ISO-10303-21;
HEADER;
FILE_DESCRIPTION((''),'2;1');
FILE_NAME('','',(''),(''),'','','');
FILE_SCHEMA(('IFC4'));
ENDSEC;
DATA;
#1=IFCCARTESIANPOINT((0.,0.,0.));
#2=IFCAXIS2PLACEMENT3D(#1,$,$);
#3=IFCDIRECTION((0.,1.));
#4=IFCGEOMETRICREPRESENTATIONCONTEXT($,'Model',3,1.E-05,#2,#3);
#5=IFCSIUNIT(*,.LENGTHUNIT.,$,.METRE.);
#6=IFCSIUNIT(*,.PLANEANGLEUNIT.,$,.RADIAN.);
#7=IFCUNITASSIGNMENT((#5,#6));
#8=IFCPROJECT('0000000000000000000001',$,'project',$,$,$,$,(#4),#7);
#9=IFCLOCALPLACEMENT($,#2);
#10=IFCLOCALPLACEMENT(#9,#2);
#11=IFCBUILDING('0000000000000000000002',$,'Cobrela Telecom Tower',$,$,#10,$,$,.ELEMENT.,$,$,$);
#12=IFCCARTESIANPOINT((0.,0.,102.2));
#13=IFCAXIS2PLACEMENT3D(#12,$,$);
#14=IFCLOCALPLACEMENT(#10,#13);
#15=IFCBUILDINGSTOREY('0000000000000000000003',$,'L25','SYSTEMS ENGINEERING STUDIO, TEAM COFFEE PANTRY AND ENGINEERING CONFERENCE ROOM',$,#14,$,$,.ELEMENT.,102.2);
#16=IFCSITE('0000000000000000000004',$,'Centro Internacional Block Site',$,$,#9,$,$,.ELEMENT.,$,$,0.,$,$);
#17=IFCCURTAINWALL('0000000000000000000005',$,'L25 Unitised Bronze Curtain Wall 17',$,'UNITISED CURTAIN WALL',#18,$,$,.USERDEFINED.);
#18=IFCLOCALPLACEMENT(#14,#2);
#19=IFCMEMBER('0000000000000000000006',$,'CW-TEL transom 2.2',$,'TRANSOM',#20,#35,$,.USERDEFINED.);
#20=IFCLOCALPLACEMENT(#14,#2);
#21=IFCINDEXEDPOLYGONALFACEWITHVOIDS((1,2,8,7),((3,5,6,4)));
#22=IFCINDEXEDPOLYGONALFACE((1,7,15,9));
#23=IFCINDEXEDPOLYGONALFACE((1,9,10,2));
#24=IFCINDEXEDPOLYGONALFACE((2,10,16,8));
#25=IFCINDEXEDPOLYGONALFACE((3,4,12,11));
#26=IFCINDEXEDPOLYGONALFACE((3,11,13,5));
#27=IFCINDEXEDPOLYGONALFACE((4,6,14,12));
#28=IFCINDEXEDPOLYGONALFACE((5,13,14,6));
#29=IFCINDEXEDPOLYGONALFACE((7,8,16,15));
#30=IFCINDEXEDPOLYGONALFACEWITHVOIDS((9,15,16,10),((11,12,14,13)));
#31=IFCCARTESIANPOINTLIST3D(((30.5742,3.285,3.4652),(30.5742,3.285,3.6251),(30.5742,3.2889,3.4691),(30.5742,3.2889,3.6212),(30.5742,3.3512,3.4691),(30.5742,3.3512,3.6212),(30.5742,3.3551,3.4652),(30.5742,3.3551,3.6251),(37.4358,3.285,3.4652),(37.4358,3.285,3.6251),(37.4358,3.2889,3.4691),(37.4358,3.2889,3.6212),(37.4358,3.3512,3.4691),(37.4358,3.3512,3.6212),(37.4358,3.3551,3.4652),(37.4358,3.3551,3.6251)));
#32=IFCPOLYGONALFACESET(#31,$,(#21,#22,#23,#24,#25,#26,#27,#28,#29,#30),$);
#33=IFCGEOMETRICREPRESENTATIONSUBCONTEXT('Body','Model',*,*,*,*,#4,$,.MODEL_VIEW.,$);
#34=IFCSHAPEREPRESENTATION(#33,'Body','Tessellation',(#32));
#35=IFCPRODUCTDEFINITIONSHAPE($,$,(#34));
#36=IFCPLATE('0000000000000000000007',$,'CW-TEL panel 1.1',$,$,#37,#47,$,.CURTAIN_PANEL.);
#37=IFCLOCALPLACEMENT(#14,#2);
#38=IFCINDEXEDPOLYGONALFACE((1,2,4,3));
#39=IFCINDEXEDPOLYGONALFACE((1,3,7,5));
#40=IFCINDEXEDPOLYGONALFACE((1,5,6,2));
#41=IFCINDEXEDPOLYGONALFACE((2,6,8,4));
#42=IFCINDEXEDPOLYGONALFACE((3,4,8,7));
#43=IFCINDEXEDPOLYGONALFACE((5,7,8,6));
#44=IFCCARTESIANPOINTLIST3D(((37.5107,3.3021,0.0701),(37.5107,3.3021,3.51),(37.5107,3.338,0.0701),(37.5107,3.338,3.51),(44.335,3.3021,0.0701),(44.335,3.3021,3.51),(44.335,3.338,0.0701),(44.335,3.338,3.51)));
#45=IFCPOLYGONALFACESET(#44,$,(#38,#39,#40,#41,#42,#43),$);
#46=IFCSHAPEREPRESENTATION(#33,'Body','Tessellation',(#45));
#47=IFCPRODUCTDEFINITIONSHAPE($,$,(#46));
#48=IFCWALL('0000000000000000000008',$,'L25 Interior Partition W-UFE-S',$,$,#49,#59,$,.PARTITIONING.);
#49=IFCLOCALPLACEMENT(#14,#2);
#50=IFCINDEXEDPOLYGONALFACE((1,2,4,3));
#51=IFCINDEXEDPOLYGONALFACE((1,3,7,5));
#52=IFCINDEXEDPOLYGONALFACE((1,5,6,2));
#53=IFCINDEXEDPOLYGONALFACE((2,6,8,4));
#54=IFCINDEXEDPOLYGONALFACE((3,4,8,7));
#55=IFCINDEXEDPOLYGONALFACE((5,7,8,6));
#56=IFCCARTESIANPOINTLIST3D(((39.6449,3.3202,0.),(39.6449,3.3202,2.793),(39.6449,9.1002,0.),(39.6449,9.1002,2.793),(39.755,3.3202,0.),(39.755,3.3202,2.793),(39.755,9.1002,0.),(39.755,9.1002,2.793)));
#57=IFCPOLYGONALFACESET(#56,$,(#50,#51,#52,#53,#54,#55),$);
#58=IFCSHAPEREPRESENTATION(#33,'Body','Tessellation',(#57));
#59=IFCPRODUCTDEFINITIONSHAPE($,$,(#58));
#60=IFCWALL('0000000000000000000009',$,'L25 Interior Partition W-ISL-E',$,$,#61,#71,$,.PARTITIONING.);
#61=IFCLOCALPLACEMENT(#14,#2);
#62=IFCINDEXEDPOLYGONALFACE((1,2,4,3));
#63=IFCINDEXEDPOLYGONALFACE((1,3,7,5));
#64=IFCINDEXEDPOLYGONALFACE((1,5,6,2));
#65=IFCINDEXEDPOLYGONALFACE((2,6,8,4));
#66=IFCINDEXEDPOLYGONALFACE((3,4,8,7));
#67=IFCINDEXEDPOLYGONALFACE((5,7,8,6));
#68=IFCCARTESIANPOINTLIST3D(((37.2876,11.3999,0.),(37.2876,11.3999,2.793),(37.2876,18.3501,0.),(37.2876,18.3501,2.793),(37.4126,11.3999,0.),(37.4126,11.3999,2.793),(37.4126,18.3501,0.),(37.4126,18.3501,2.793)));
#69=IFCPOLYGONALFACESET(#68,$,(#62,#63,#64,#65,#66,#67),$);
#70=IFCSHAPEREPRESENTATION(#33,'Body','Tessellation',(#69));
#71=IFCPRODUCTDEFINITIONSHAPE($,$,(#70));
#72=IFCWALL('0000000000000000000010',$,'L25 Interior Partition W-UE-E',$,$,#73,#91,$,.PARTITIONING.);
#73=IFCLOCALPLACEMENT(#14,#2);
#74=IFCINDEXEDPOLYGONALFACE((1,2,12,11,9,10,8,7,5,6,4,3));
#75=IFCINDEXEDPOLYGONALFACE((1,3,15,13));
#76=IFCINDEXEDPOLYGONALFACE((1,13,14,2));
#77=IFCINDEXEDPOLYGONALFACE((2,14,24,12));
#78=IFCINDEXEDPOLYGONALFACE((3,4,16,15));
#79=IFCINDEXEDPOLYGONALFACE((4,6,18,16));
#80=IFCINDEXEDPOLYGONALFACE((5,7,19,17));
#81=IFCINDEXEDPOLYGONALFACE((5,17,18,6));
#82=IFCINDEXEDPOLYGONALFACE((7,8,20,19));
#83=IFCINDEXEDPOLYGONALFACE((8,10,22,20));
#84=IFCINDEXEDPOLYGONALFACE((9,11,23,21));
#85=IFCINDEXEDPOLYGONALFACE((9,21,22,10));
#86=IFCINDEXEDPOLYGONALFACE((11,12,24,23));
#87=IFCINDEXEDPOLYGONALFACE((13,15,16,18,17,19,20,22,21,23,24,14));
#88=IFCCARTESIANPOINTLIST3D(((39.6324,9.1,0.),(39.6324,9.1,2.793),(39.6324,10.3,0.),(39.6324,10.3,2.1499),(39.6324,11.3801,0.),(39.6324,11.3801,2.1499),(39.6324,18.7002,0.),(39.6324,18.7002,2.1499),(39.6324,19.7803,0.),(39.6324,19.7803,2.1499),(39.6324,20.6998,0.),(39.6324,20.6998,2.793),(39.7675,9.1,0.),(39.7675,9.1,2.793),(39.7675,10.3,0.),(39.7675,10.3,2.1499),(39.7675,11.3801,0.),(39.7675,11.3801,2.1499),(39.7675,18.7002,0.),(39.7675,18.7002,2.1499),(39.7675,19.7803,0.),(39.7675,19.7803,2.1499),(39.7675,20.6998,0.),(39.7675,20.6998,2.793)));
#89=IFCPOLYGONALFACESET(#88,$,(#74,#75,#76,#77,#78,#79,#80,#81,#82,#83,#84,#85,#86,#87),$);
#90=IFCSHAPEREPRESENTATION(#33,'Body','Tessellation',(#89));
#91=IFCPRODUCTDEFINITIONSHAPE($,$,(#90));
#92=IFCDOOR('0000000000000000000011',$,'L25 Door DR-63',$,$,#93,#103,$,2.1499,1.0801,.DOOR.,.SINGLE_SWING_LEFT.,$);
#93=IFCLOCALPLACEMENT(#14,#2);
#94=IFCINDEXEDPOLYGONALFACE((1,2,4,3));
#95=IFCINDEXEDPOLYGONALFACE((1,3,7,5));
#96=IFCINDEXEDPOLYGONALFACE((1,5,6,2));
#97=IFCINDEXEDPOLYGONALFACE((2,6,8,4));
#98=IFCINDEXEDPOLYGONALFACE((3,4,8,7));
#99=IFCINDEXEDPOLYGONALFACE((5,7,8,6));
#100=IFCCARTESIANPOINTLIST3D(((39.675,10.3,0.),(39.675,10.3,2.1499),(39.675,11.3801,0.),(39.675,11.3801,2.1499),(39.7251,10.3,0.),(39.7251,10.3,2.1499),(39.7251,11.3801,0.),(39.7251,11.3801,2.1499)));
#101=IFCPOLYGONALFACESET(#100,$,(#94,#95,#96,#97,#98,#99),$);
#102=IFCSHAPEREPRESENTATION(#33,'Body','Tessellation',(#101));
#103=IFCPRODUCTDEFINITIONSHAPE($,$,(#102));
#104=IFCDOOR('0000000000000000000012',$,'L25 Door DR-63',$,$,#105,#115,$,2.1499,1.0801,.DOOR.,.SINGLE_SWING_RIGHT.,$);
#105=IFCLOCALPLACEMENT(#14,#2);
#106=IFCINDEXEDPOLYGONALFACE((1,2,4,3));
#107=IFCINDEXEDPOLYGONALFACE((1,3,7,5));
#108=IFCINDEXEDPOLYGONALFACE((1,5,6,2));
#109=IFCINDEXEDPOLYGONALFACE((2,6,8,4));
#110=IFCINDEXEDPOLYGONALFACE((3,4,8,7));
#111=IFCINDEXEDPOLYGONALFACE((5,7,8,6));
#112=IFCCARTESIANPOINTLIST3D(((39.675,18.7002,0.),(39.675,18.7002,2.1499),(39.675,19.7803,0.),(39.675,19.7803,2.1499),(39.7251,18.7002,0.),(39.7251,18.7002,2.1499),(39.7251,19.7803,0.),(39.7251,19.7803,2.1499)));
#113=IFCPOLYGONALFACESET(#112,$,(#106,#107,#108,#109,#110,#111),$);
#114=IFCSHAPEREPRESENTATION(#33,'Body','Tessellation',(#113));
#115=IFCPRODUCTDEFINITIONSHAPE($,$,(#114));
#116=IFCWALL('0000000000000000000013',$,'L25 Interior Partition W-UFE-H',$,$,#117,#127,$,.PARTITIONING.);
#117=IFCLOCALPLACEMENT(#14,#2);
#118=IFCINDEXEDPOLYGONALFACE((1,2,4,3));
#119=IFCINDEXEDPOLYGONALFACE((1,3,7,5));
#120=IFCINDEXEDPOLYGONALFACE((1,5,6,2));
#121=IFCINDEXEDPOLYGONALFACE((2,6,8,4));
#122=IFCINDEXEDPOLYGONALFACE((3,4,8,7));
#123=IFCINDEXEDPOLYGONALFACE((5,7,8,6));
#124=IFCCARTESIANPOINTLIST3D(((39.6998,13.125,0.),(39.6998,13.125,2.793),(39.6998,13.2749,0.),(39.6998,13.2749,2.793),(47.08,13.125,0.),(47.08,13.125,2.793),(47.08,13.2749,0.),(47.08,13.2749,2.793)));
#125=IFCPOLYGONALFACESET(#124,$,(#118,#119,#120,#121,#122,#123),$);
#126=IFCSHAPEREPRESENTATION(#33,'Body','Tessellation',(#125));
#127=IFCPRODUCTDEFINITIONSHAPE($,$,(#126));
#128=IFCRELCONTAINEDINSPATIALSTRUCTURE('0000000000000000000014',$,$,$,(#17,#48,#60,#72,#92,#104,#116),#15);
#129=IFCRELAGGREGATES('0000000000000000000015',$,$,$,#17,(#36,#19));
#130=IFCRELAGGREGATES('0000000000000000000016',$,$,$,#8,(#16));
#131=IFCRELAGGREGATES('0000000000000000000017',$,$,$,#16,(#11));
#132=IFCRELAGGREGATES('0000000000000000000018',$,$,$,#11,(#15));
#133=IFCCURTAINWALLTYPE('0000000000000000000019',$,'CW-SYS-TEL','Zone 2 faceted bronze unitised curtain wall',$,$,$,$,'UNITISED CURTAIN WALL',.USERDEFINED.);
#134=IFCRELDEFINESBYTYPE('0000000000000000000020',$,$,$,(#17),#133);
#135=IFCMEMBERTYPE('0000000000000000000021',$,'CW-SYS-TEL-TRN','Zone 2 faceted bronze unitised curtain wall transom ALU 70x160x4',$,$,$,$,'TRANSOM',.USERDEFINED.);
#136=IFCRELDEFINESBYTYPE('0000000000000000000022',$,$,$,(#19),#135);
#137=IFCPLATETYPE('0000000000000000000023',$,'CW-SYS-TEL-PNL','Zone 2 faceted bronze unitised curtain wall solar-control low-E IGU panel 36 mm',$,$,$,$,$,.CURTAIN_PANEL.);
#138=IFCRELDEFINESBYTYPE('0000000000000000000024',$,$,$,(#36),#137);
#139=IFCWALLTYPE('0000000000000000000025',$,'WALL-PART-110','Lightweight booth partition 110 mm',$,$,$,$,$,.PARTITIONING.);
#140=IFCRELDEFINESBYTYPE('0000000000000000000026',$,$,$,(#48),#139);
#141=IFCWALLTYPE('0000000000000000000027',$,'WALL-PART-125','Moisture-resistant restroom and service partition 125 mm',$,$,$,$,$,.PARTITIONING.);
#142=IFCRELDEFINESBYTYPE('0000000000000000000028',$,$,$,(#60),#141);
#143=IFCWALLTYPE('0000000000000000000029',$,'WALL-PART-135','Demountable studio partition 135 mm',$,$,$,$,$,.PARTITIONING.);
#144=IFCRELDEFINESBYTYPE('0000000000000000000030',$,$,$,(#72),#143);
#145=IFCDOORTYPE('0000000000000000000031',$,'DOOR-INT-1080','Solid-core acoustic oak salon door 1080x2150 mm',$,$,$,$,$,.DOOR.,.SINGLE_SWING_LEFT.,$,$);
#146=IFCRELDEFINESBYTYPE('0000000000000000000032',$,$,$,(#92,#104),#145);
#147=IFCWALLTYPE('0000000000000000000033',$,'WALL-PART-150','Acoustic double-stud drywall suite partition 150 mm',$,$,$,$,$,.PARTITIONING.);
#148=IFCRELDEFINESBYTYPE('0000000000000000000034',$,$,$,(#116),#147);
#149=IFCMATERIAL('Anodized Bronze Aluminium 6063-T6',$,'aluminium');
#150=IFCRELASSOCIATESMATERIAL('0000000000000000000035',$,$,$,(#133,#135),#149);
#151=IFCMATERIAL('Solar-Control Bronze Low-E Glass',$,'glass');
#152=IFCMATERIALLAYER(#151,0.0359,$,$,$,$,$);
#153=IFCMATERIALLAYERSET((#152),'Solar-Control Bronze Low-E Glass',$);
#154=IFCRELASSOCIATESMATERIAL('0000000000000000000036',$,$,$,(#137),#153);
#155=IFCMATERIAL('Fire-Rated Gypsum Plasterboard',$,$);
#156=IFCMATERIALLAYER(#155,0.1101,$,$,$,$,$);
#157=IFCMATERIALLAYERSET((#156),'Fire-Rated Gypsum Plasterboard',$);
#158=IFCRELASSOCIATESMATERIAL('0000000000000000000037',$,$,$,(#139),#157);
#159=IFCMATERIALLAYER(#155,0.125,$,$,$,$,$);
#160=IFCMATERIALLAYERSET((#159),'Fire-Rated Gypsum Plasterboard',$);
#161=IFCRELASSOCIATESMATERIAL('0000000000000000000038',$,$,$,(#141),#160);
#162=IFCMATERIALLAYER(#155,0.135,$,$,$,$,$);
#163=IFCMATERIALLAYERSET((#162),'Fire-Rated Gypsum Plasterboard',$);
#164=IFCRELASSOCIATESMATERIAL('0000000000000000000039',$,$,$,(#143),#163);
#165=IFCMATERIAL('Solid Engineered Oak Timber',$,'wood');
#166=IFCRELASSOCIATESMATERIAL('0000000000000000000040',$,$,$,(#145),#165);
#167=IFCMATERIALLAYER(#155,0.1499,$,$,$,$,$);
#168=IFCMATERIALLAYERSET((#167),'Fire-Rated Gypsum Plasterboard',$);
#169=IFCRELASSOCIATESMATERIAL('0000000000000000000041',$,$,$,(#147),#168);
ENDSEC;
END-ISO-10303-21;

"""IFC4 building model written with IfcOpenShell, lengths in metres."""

from ifc_helpers import new_model, si_unit, direction, frame, frame_2d, origin, origin_2d, place, context, subcontext, project, spatial, rectangle, hollow_rectangle, extrude, material, layer, layer_set, material_profile, profile_set, type_object, element, fill, aggregate, save


model = new_model("IFC4")

# Units and contexts
model_context = context("Model", 3, precision=1e-05, world=origin(), true_north=direction((0.0, 1.0)))
body_context = subcontext(model_context, "Body", "Model", "MODEL_VIEW")
ifc_project = project(units=[si_unit("LENGTHUNIT", "METRE"), si_unit("PLANEANGLEUNIT", "RADIAN")], contexts=[model_context])

# Site, building, storey
site_placement = place(None, origin())
site = spatial("IfcSite", under=ifc_project, at=site_placement, Name="Centro Internacional Block Site", CompositionType="ELEMENT", RefElevation=0.0)
building_placement = place(site_placement, origin())
building = spatial("IfcBuilding", under=site, at=building_placement, Name="Cobrela Telecom Tower", CompositionType="ELEMENT")
storey_placement = place(building_placement, frame((0.0, 0.0, 102.2)))
storey = spatial("IfcBuildingStorey", under=building, at=storey_placement, Name="L25", Description="SYSTEMS ENGINEERING STUDIO, TEAM COFFEE PANTRY AND ENGINEERING CONFERENCE ROOM", CompositionType="ELEMENT", Elevation=102.2)

# Curtain wall, member, plate
ifc_material_1 = material(Name="Anodized Bronze Aluminium 6063-T6", Category="aluminium")
curtain_wall_type = type_object("IfcCurtainWallType", Name="CW-SYS-TEL", Description="Zone 2 faceted bronze unitised curtain wall", ElementType="UNITISED CURTAIN WALL", PredefinedType="USERDEFINED", material=ifc_material_1)
curtain_wall_placement = place(storey_placement, origin())
curtain_wall = element("IfcCurtainWall", 1, at=curtain_wall_placement, inside=storey, type_object=curtain_wall_type, Name="L25 Unitised Bronze Curtain Wall 17", ObjectType="UNITISED CURTAIN WALL", PredefinedType="USERDEFINED")
ifc_material_profile_1 = material_profile(ifc_material_1, hollow_rectangle(XDim=0.0701, YDim=0.1599, WallThickness=0.0039, at=origin_2d()), Name="ALU 70x160x4")
ifc_profile_set_1 = profile_set([ifc_material_profile_1], Name="Anodized Bronze Aluminium 6063-T6")
member_type_1 = type_object("IfcMemberType", Name="CW-SYS-TEL-TRN", Description="Zone 2 faceted bronze unitised curtain wall transom ALU 70x160x4", ElementType="TRANSOM", PredefinedType="USERDEFINED", material=ifc_profile_set_1)
member_1_placement = place(storey_placement, frame((37.4358, 3.3201, 3.5452), z_axis=(-1.0, 0.0, 0.0), x_axis=(0.0, -1.0, 0.0)))
member_1 = element("IfcMember", 2, at=member_1_placement, type_object=member_type_1, Name="CW-TEL transom 2.2", ObjectType="TRANSOM", PredefinedType="USERDEFINED", context=body_context, shape_type="SweptSolid", body=[
    extrude(hollow_rectangle(XDim=0.0701, YDim=0.1599, WallThickness=0.0039, at=origin_2d()), origin(), (0.0, 0.0, 1.0), 6.8616),
])
ifc_material_2 = material(Name="Solar-Control Bronze Low-E Glass", Category="glass")
ifc_layer_1 = layer(ifc_material_2, 0.0359)
ifc_layer_set_1 = layer_set([ifc_layer_1], Name="Solar-Control Bronze Low-E Glass")
plate_type = type_object("IfcPlateType", Name="CW-SYS-TEL-PNL", Description="Zone 2 faceted bronze unitised curtain wall solar-control low-E IGU panel 36 mm", PredefinedType="CURTAIN_PANEL", material=ifc_layer_set_1)
plate_placement = place(storey_placement, frame((40.9229, 3.3201, 0.0701), z_axis=(0.0, 0.0, 1.0), x_axis=(-1.0, 0.0, 0.0)))
plate = element("IfcPlate", 3, at=plate_placement, type_object=plate_type, Name="CW-TEL panel 1.1", PredefinedType="CURTAIN_PANEL", context=body_context, shape_type="SweptSolid", body=[
    extrude(rectangle(XDim=6.8242, YDim=0.0359, at=origin_2d()), origin(), (0.0, 0.0, 1.0), 3.4399),
])
aggregate(curtain_wall, [plate, member_1])

# Walls
ifc_material_3 = material(Name="Fire-Rated Gypsum Plasterboard")
ifc_layer_2 = layer(ifc_material_3, 0.1101)
ifc_layer_set_2 = layer_set([ifc_layer_2], Name="Fire-Rated Gypsum Plasterboard")
wall_type_1 = type_object("IfcWallType", Name="WALL-PART-110", Description="Lightweight booth partition 110 mm", PredefinedType="PARTITIONING", material=ifc_layer_set_2)
wall_1_placement = place(storey_placement, frame((39.7, 3.3201, 0.0), z_axis=(0.0, 0.0, 1.0), x_axis=(0.0, 1.0, 0.0)))
element("IfcWall", 4, at=wall_1_placement, inside=storey, type_object=wall_type_1, Name="L25 Interior Partition W-UFE-S", PredefinedType="PARTITIONING", context=body_context, shape_type="SweptSolid", body=[
    extrude(rectangle(XDim=5.78, YDim=0.1101, at=frame_2d((2.8901, 0.0))), origin(), (0.0, 0.0, 1.0), 2.793),
])
ifc_layer_3 = layer(ifc_material_3, 0.125)
ifc_layer_set_3 = layer_set([ifc_layer_3], Name="Fire-Rated Gypsum Plasterboard")
wall_type_2 = type_object("IfcWallType", Name="WALL-PART-125", Description="Moisture-resistant restroom and service partition 125 mm", PredefinedType="PARTITIONING", material=ifc_layer_set_3)
wall_2_placement = place(storey_placement, frame((37.3501, 11.3999, 0.0), z_axis=(0.0, 0.0, 1.0), x_axis=(0.0, 1.0, 0.0)))
element("IfcWall", 5, at=wall_2_placement, inside=storey, type_object=wall_type_2, Name="L25 Interior Partition W-ISL-E", PredefinedType="PARTITIONING", context=body_context, shape_type="SweptSolid", body=[
    extrude(rectangle(XDim=6.9502, YDim=0.125, at=frame_2d((3.4751, 0.0))), origin(), (0.0, 0.0, 1.0), 2.793),
])

# Wall, openings, doors
ifc_layer_4 = layer(ifc_material_3, 0.135)
ifc_layer_set_4 = layer_set([ifc_layer_4], Name="Fire-Rated Gypsum Plasterboard")
wall_type_3 = type_object("IfcWallType", Name="WALL-PART-135", Description="Demountable studio partition 135 mm", PredefinedType="PARTITIONING", material=ifc_layer_set_4)
wall_3_placement = place(storey_placement, frame((39.7, 9.1001, 0.0), z_axis=(0.0, 0.0, 1.0), x_axis=(0.0, 1.0, 0.0)))
wall_3 = element("IfcWall", 6, at=wall_3_placement, inside=storey, type_object=wall_type_3, Name="L25 Interior Partition W-UE-E", PredefinedType="PARTITIONING", context=body_context, shape_type="SweptSolid", body=[
    extrude(rectangle(XDim=11.5999, YDim=0.135, at=frame_2d((5.7998, 0.0))), origin(), (0.0, 0.0, 1.0), 2.793),
])
opening_1_placement = place(wall_3_placement, frame((1.2, 0.0, 0.0)))
opening_1 = element("IfcOpeningElement", 7, at=opening_1_placement, cuts=wall_3, PredefinedType="OPENING", context=body_context, shape_type="SweptSolid", body=[
    extrude(rectangle(XDim=1.0801, YDim=2.1499, at=frame_2d((0.54, 1.075))), frame((0.0, 0.0796, 0.0), z_axis=(0.0, -1.0, 0.0), x_axis=(1.0, 0.0, 0.0)), (0.0, 0.0, 1.0), 0.1589),
])
opening_2_placement = place(wall_3_placement, frame((9.6001, 0.0, 0.0)))
opening_2 = element("IfcOpeningElement", 8, at=opening_2_placement, cuts=wall_3, PredefinedType="OPENING", context=body_context, shape_type="SweptSolid", body=[
    extrude(rectangle(XDim=1.0801, YDim=2.1499, at=frame_2d((0.54, 1.075))), frame((0.0, 0.0796, 0.0), z_axis=(0.0, -1.0, 0.0), x_axis=(1.0, 0.0, 0.0)), (0.0, 0.0, 1.0), 0.1589),
])
ifc_material_4 = material(Name="Solid Engineered Oak Timber", Category="wood")
door_type = type_object("IfcDoorType", Name="DOOR-INT-1080", Description="Solid-core acoustic oak salon door 1080x2150 mm", OperationType="SINGLE_SWING_LEFT", PredefinedType="DOOR", material=ifc_material_4)
door_1_placement = place(opening_1_placement, origin())
door_1 = element("IfcDoor", 9, at=door_1_placement, inside=storey, type_object=door_type, Name="L25 Door DR-63", OperationType="SINGLE_SWING_LEFT", OverallHeight=2.1499, OverallWidth=1.0801, PredefinedType="DOOR", context=body_context, shape_type="SweptSolid", body=[
    extrude(rectangle(XDim=1.0801, YDim=2.1499, at=frame_2d((0.54, 1.075))), frame((0.0, 0.0249, 0.0), z_axis=(0.0, -1.0, 0.0), x_axis=(1.0, 0.0, 0.0)), (0.0, 0.0, 1.0), 0.05),
])
fill(opening_1, door_1)
door_2_placement = place(opening_2_placement, origin())
door_2 = element("IfcDoor", 10, at=door_2_placement, inside=storey, type_object=door_type, Name="L25 Door DR-63", OperationType="SINGLE_SWING_RIGHT", OverallHeight=2.1499, OverallWidth=1.0801, PredefinedType="DOOR", context=body_context, shape_type="SweptSolid", body=[
    extrude(rectangle(XDim=1.0801, YDim=2.1499, at=frame_2d((0.54, 1.075))), frame((0.0, 0.0249, 0.0), z_axis=(0.0, -1.0, 0.0), x_axis=(1.0, 0.0, 0.0)), (0.0, 0.0, 1.0), 0.05),
])
fill(opening_2, door_2)

# Wall
ifc_layer_5 = layer(ifc_material_3, 0.1499)
ifc_layer_set_5 = layer_set([ifc_layer_5], Name="Fire-Rated Gypsum Plasterboard")
wall_type_4 = type_object("IfcWallType", Name="WALL-PART-150", Description="Acoustic double-stud drywall suite partition 150 mm", PredefinedType="PARTITIONING", material=ifc_layer_set_5)
wall_4_placement = place(storey_placement, frame((39.7, 13.2, 0.0), z_axis=(0.0, 0.0, 1.0), x_axis=(1.0, 0.0, 0.0)))
element("IfcWall", 11, at=wall_4_placement, inside=storey, type_object=wall_type_4, Name="L25 Interior Partition W-UFE-H", PredefinedType="PARTITIONING", context=body_context, shape_type="SweptSolid", body=[
    extrude(rectangle(XDim=7.3801, YDim=0.1499, at=frame_2d((3.6899, 0.0))), origin(), (0.0, 0.0, 1.0), 2.793),
])

save(model, "model.ifc")
